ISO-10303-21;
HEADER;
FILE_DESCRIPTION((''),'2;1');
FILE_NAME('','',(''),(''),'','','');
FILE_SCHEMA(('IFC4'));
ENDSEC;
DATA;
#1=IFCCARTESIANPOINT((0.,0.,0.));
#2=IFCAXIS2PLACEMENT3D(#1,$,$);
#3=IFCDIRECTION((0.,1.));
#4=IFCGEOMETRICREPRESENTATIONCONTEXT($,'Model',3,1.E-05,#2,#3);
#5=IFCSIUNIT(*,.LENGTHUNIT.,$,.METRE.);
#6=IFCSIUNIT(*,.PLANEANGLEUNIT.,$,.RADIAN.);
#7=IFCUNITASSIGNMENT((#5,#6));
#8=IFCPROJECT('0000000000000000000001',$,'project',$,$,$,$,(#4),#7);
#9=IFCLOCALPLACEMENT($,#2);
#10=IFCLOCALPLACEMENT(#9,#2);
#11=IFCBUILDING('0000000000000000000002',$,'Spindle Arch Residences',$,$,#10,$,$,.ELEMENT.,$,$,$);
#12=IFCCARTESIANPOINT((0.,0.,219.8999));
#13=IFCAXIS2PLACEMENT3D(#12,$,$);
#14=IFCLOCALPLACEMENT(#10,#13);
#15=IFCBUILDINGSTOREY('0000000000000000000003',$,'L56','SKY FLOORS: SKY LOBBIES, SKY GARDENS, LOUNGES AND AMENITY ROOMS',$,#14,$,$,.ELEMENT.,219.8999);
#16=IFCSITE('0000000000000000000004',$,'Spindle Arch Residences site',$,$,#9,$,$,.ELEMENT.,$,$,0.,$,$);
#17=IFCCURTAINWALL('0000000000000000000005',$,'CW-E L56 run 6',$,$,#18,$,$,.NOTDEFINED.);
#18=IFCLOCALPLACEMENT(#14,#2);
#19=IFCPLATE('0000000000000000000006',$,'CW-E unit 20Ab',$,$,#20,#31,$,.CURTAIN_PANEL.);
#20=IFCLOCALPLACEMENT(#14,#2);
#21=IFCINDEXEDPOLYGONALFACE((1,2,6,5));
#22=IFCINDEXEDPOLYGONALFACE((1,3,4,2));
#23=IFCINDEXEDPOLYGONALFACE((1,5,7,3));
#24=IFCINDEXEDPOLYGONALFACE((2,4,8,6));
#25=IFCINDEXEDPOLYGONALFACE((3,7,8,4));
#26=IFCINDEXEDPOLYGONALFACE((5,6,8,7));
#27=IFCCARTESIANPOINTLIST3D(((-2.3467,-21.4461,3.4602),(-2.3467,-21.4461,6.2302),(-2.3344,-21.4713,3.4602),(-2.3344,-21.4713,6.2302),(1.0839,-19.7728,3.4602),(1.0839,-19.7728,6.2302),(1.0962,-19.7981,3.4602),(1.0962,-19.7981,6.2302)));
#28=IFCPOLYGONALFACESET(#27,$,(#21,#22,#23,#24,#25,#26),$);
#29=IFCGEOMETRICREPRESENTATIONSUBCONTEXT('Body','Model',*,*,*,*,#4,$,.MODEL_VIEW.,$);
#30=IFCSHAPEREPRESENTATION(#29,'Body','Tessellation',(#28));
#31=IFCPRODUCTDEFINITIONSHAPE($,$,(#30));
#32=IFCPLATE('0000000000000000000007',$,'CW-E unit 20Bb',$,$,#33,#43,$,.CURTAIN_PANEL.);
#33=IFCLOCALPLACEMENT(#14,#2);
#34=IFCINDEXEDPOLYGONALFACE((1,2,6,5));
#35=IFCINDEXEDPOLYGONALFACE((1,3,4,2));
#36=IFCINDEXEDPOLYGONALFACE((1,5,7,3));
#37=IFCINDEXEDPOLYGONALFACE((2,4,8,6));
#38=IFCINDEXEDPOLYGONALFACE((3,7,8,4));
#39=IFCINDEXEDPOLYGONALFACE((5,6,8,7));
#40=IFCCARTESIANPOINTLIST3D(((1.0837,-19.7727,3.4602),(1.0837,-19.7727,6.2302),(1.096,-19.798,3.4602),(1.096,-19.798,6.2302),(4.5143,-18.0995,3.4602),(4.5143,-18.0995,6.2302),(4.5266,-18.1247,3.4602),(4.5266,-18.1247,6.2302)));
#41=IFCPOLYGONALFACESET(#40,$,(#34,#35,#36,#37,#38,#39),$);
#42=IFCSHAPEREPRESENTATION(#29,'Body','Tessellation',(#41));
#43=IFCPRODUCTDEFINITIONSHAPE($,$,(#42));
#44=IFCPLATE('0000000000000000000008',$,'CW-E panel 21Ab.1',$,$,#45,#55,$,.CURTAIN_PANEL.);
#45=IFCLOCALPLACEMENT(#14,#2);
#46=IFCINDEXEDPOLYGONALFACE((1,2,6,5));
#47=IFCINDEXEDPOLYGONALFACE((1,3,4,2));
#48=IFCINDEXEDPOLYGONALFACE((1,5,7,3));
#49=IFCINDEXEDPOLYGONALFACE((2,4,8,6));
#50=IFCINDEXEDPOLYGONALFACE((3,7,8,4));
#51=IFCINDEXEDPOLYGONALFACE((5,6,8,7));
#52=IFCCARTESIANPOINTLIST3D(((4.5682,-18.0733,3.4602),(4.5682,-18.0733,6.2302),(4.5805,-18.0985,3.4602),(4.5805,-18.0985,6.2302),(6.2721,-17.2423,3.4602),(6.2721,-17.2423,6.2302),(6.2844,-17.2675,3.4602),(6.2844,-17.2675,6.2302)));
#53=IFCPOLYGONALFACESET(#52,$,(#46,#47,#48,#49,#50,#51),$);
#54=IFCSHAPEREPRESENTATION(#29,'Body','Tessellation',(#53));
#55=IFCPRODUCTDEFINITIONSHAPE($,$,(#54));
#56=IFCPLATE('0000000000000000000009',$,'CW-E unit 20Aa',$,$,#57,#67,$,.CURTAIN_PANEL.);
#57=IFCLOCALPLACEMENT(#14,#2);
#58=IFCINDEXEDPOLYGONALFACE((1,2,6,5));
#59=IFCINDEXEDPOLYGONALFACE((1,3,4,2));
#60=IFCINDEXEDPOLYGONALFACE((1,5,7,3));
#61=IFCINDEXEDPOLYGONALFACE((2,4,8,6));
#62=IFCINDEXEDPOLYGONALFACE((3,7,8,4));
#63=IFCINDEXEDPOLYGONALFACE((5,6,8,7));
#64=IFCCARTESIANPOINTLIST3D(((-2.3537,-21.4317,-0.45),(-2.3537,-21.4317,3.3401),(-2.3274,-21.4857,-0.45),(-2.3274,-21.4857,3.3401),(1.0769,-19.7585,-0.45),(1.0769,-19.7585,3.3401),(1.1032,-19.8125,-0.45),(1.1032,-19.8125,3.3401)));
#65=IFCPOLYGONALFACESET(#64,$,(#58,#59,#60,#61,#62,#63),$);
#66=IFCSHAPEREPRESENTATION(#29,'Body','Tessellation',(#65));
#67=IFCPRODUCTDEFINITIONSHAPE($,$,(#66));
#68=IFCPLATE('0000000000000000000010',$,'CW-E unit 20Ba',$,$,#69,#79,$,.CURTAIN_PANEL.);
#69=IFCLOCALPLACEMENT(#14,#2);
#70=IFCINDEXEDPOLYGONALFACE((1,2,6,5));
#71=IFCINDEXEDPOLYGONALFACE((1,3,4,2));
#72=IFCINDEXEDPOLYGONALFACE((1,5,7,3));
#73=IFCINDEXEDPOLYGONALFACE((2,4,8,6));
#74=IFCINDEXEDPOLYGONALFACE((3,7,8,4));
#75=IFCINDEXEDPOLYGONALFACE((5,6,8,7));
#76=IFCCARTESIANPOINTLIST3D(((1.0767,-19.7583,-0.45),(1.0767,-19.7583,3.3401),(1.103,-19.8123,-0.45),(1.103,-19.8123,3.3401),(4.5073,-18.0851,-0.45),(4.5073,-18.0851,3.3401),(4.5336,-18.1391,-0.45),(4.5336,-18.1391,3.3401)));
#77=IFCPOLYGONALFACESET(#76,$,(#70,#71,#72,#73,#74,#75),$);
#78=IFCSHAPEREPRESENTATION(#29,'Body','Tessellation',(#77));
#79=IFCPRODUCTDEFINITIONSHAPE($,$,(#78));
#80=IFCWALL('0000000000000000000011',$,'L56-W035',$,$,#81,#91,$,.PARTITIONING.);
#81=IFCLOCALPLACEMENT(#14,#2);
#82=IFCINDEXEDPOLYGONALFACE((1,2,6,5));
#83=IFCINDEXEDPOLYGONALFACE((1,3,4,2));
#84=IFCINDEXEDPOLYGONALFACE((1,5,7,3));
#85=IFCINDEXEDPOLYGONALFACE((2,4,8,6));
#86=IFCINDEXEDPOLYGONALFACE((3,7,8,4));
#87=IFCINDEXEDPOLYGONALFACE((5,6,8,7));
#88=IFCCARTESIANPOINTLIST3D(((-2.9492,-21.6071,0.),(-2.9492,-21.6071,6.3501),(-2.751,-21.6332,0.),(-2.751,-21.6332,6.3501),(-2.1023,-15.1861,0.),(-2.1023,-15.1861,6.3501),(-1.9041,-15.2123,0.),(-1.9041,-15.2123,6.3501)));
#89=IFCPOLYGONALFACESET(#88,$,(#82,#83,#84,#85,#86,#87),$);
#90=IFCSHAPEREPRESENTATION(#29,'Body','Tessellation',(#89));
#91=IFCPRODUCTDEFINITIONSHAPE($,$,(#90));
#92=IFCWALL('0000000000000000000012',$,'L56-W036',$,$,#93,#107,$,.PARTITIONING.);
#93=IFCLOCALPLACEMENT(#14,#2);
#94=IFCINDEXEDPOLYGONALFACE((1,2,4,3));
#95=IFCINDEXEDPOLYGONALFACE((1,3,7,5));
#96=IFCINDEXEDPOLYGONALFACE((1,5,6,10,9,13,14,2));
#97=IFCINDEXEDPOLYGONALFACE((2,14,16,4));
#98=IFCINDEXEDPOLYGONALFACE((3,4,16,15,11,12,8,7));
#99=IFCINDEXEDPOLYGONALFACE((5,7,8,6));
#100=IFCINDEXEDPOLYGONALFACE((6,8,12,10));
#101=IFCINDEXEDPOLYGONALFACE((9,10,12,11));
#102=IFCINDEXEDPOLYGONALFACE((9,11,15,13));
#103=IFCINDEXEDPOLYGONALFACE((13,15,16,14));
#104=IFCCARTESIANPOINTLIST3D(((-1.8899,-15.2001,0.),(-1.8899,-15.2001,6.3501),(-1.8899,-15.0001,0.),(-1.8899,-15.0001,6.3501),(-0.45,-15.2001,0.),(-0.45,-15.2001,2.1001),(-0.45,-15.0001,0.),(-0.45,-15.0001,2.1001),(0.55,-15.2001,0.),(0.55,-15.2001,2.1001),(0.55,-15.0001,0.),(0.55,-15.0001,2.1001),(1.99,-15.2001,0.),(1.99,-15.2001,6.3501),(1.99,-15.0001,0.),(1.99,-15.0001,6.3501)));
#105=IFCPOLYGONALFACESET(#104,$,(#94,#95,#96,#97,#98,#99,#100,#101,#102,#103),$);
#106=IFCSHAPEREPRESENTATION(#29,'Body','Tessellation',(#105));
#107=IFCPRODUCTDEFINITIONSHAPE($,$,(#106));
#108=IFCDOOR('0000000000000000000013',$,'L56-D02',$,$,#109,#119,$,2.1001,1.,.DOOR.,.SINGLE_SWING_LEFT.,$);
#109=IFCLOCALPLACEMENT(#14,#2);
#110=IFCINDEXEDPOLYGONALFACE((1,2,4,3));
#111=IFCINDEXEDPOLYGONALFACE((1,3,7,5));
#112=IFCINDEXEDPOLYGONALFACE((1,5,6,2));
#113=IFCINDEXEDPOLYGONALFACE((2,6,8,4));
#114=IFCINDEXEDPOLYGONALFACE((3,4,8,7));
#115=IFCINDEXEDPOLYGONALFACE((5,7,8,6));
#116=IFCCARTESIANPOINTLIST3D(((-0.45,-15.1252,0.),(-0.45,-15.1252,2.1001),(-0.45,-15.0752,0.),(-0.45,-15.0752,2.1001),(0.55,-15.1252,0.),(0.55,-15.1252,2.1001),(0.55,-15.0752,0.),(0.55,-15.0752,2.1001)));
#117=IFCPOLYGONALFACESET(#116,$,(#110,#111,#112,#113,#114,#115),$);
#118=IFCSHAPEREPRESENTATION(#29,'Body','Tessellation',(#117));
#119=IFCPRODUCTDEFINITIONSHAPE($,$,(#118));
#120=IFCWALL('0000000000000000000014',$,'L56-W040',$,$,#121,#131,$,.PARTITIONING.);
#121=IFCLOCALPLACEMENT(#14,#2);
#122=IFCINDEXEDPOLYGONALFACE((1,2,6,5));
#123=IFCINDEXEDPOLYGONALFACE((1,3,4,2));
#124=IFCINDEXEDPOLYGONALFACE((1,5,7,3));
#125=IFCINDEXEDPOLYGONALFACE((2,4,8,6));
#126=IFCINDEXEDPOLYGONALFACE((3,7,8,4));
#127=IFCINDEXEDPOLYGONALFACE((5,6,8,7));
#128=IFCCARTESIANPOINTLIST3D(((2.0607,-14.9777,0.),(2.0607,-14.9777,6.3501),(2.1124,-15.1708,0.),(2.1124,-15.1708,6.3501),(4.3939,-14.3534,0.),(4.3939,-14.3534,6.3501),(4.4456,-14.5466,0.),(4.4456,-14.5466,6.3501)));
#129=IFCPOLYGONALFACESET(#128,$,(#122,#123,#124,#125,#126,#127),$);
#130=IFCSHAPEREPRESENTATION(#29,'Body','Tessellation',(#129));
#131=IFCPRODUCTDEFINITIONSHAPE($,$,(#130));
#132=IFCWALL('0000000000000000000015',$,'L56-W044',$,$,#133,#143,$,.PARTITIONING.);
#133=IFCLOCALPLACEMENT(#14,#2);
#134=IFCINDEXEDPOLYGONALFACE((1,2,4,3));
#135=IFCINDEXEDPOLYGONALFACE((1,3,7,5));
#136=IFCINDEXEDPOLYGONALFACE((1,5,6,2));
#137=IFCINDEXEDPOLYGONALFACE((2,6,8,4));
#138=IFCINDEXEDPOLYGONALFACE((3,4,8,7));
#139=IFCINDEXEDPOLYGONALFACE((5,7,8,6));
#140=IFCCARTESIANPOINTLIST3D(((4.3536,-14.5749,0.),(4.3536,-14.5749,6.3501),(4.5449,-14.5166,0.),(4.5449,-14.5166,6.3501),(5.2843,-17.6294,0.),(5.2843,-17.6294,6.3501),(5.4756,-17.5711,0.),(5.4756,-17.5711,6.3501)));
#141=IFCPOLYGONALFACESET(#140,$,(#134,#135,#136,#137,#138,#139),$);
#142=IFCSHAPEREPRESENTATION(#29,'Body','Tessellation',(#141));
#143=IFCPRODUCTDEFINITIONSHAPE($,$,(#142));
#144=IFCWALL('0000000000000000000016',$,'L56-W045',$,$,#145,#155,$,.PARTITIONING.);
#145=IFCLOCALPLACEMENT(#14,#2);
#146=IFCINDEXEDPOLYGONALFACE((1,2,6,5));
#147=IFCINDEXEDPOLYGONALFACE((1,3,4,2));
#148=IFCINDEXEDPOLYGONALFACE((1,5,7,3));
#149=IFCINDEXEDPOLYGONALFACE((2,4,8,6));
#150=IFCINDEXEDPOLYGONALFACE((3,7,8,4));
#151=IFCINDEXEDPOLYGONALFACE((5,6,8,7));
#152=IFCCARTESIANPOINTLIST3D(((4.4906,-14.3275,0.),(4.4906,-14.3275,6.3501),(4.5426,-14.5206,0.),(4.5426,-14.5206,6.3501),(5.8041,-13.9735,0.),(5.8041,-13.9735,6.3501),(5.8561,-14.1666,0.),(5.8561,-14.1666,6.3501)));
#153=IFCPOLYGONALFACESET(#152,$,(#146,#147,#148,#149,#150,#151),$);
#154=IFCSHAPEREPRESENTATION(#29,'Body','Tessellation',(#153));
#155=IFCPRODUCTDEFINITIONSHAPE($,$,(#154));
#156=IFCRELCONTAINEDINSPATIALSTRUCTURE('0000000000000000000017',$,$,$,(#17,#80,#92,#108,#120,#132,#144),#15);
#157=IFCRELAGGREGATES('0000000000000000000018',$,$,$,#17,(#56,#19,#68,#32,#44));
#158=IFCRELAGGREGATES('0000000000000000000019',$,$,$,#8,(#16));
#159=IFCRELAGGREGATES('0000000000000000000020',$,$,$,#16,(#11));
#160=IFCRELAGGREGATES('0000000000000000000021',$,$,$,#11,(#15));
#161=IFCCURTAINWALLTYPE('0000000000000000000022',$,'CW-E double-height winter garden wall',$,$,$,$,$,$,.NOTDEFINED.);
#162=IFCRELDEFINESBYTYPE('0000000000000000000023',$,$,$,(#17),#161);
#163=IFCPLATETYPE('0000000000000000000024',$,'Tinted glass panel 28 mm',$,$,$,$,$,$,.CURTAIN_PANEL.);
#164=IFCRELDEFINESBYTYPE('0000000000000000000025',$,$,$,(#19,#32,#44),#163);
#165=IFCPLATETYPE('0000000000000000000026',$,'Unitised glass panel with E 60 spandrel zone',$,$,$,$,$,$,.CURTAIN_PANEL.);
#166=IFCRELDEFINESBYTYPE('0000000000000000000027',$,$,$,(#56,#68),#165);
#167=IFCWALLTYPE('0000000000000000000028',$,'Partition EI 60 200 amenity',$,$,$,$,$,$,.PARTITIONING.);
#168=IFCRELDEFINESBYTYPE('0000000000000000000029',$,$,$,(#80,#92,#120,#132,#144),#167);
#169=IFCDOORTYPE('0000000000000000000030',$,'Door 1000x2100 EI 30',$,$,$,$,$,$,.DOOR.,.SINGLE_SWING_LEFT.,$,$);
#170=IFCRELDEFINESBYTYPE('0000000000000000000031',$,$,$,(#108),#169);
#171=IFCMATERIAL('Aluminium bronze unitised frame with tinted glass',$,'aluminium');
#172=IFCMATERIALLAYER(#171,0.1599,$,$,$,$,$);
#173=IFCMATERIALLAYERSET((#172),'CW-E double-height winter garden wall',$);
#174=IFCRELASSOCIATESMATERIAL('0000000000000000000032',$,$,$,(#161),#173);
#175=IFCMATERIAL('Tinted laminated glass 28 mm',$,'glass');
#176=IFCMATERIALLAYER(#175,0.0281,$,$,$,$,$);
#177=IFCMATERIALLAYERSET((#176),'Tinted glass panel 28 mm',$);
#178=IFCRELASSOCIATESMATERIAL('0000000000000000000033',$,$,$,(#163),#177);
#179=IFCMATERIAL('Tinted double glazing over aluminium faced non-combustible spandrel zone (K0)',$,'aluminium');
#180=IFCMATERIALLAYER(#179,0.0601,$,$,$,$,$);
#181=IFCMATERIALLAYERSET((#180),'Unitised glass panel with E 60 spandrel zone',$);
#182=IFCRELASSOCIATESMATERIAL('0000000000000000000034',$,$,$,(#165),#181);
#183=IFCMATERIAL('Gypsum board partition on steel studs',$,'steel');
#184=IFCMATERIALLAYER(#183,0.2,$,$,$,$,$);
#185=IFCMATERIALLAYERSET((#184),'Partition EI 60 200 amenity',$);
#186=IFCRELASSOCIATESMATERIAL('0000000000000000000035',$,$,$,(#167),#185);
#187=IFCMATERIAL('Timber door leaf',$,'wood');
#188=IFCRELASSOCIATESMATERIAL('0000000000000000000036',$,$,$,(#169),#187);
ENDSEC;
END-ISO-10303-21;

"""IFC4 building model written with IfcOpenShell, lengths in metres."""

from ifc_helpers import new_model, si_unit, direction, frame, frame_2d, origin, origin_2d, place, context, subcontext, project, spatial, rectangle, extrude, material, layer, layer_set, type_object, element, fill, aggregate, save


model = new_model("IFC4")

# Units and contexts
model_context = context("Model", 3, precision=1e-05, world=origin(), true_north=direction((0.0, 1.0)))
body_context = subcontext(model_context, "Body", "Model", "MODEL_VIEW")
ifc_project = project(units=[si_unit("LENGTHUNIT", "METRE"), si_unit("PLANEANGLEUNIT", "RADIAN")], contexts=[model_context])

# Site, building, storey
site_placement = place(None, origin())
site = spatial("IfcSite", under=ifc_project, at=site_placement, Name="Spindle Arch Residences site", CompositionType="ELEMENT", RefElevation=0.0)
building_placement = place(site_placement, origin())
building = spatial("IfcBuilding", under=site, at=building_placement, Name="Spindle Arch Residences", CompositionType="ELEMENT")
storey_placement = place(building_placement, frame((0.0, 0.0, 219.8999)))
storey = spatial("IfcBuildingStorey", under=building, at=storey_placement, Name="L56", Description="SKY FLOORS: SKY LOBBIES, SKY GARDENS, LOUNGES AND AMENITY ROOMS", CompositionType="ELEMENT", Elevation=219.8999)

# Curtain wall, plates
ifc_material_1 = material(Name="Aluminium bronze unitised frame with tinted glass", Category="aluminium")
ifc_layer_1 = layer(ifc_material_1, 0.1599)
ifc_layer_set_1 = layer_set([ifc_layer_1], Name="CW-E double-height winter garden wall")
curtain_wall_type = type_object("IfcCurtainWallType", Name="CW-E double-height winter garden wall", PredefinedType="NOTDEFINED", material=ifc_layer_set_1)
curtain_wall_placement = place(storey_placement, origin())
curtain_wall = element("IfcCurtainWall", 1, at=curtain_wall_placement, inside=storey, type_object=curtain_wall_type, Name="CW-E L56 run 6", PredefinedType="NOTDEFINED")
ifc_material_2 = material(Name="Tinted laminated glass 28 mm", Category="glass")
ifc_layer_2 = layer(ifc_material_2, 0.0281)
ifc_layer_set_2 = layer_set([ifc_layer_2], Name="Tinted glass panel 28 mm")
plate_type_1 = type_object("IfcPlateType", Name="Tinted glass panel 28 mm", PredefinedType="CURTAIN_PANEL", material=ifc_layer_set_2)
plate_1_placement = place(storey_placement, frame((-0.6252, -20.6221, 3.4602), z_axis=(0.0, 0.0, 1.0), x_axis=(0.898794, 0.438371, 0.0)))
plate_1 = element("IfcPlate", 2, at=plate_1_placement, type_object=plate_type_1, Name="CW-E unit 20Ab", PredefinedType="CURTAIN_PANEL", context=body_context, shape_type="SweptSolid", body=[
    extrude(rectangle(XDim=3.8169, YDim=0.0281, at=origin_2d()), origin(), (0.0, 0.0, 1.0), 2.77),
])
plate_2_placement = place(storey_placement, frame((2.8052, -18.9487, 3.4602), z_axis=(0.0, 0.0, 1.0), x_axis=(0.898794, 0.438371, 0.0)))
plate_2 = element("IfcPlate", 3, at=plate_2_placement, type_object=plate_type_1, Name="CW-E unit 20Bb", PredefinedType="CURTAIN_PANEL", context=body_context, shape_type="SweptSolid", body=[
    extrude(rectangle(XDim=3.8169, YDim=0.0281, at=origin_2d()), origin(), (0.0, 0.0, 1.0), 2.77),
])
plate_3_placement = place(storey_placement, frame((5.4263, -17.6704, 3.4602), z_axis=(0.0, 0.0, 1.0), x_axis=(0.898794, 0.438371, 0.0)))
plate_3 = element("IfcPlate", 4, at=plate_3_placement, type_object=plate_type_1, Name="CW-E panel 21Ab.1", PredefinedType="CURTAIN_PANEL", context=body_context, shape_type="SweptSolid", body=[
    extrude(rectangle(XDim=1.8958, YDim=0.0281, at=origin_2d()), origin(), (0.0, 0.0, 1.0), 2.77),
])
ifc_material_3 = material(Name="Tinted double glazing over aluminium faced non-combustible spandrel zone (K0)", Category="aluminium")
ifc_layer_3 = layer(ifc_material_3, 0.0601)
ifc_layer_set_3 = layer_set([ifc_layer_3], Name="Unitised glass panel with E 60 spandrel zone")
plate_type_2 = type_object("IfcPlateType", Name="Unitised glass panel with E 60 spandrel zone", PredefinedType="CURTAIN_PANEL", material=ifc_layer_set_3)
plate_4_placement = place(storey_placement, frame((-0.6252, -20.6221, -0.45), z_axis=(0.0, 0.0, 1.0), x_axis=(0.898794, 0.438371, 0.0)))
plate_4 = element("IfcPlate", 5, at=plate_4_placement, type_object=plate_type_2, Name="CW-E unit 20Aa", PredefinedType="CURTAIN_PANEL", context=body_context, shape_type="SweptSolid", body=[
    extrude(rectangle(XDim=3.8169, YDim=0.0601, at=origin_2d()), origin(), (0.0, 0.0, 1.0), 3.79),
])
plate_5_placement = place(storey_placement, frame((2.8052, -18.9487, -0.45), z_axis=(0.0, 0.0, 1.0), x_axis=(0.898794, 0.438371, 0.0)))
plate_5 = element("IfcPlate", 6, at=plate_5_placement, type_object=plate_type_2, Name="CW-E unit 20Ba", PredefinedType="CURTAIN_PANEL", context=body_context, shape_type="SweptSolid", body=[
    extrude(rectangle(XDim=3.8169, YDim=0.0601, at=origin_2d()), origin(), (0.0, 0.0, 1.0), 3.79),
])
aggregate(curtain_wall, [plate_4, plate_1, plate_5, plate_2, plate_3])

# Wall
ifc_material_4 = material(Name="Gypsum board partition on steel studs", Category="steel")
ifc_layer_4 = layer(ifc_material_4, 0.2)
ifc_layer_set_4 = layer_set([ifc_layer_4], Name="Partition EI 60 200 amenity")
wall_type = type_object("IfcWallType", Name="Partition EI 60 200 amenity", PredefinedType="PARTITIONING", material=ifc_layer_set_4)
wall_1_placement = place(storey_placement, frame((-2.0032, -15.1992, 0.0), z_axis=(0.0, 0.0, 1.0), x_axis=(-0.130768, -0.991413, 0.0)))
element("IfcWall", 7, at=wall_1_placement, inside=storey, type_object=wall_type, Name="L56-W035", PredefinedType="PARTITIONING", context=body_context, shape_type="SweptSolid", body=[
    extrude(rectangle(XDim=6.4766, YDim=0.2, at=frame_2d((3.2383, 0.0))), origin(), (0.0, 0.0, 1.0), 6.3501),
])

# Wall, opening, door
wall_2_placement = place(storey_placement, frame((-1.8899, -15.1001, 0.0), z_axis=(0.0, 0.0, 1.0), x_axis=(1.0, 0.0, 0.0)))
wall_2 = element("IfcWall", 8, at=wall_2_placement, inside=storey, type_object=wall_type, Name="L56-W036", PredefinedType="PARTITIONING", context=body_context, shape_type="SweptSolid", body=[
    extrude(rectangle(XDim=3.8799, YDim=0.2, at=frame_2d((1.9399, 0.0))), origin(), (0.0, 0.0, 1.0), 6.3501),
])
opening_placement = place(wall_2_placement, frame((1.4399, 0.0, 0.0)))
opening = element("IfcOpeningElement", 9, at=opening_placement, cuts=wall_2, PredefinedType="OPENING", context=body_context, shape_type="SweptSolid", body=[
    extrude(rectangle(XDim=1.0, YDim=2.1001, at=frame_2d((0.5, 1.05))), frame((0.0, 0.1099, 0.0), z_axis=(0.0, -1.0, 0.0), x_axis=(1.0, 0.0, 0.0)), (0.0, 0.0, 1.0), 0.22),
])
ifc_material_5 = material(Name="Timber door leaf", Category="wood")
door_type = type_object("IfcDoorType", Name="Door 1000x2100 EI 30", OperationType="SINGLE_SWING_LEFT", PredefinedType="DOOR", material=ifc_material_5)
door_placement = place(opening_placement, origin())
door = element("IfcDoor", 10, at=door_placement, inside=storey, type_object=door_type, Name="L56-D02", OperationType="SINGLE_SWING_LEFT", OverallHeight=2.1001, OverallWidth=1.0, PredefinedType="DOOR", context=body_context, shape_type="SweptSolid", body=[
    extrude(rectangle(XDim=1.0, YDim=2.1001, at=frame_2d((0.5, 1.05))), frame((0.0, 0.0249, 0.0), z_axis=(0.0, -1.0, 0.0), x_axis=(1.0, 0.0, 0.0)), (0.0, 0.0, 1.0), 0.05),
])
fill(opening, door)

# Walls
wall_3_placement = place(storey_placement, frame((2.0867, -15.0742, 0.0), z_axis=(0.0, 0.0, 1.0), x_axis=(0.966022, 0.258462, 0.0)))
element("IfcWall", 11, at=wall_3_placement, inside=storey, type_object=wall_type, Name="L56-W040", PredefinedType="PARTITIONING", context=body_context, shape_type="SweptSolid", body=[
    extrude(rectangle(XDim=2.4153, YDim=0.2, at=frame_2d((1.2075, 0.0))), origin(), (0.0, 0.0, 1.0), 6.3501),
])
wall_4_placement = place(storey_placement, frame((4.4492, -14.5457, 0.0), z_axis=(0.0, 0.0, 1.0), x_axis=(0.291463, -0.956582, 0.0)))
element("IfcWall", 12, at=wall_4_placement, inside=storey, type_object=wall_type, Name="L56-W044", PredefinedType="PARTITIONING", context=body_context, shape_type="SweptSolid", body=[
    extrude(rectangle(XDim=3.1931, YDim=0.2, at=frame_2d((1.5967, 0.0))), origin(), (0.0, 0.0, 1.0), 6.3501),
])
wall_5_placement = place(storey_placement, frame((4.5166, -14.4241, 0.0), z_axis=(0.0, 0.0, 1.0), x_axis=(0.965546, 0.260231, 0.0)))
element("IfcWall", 13, at=wall_5_placement, inside=storey, type_object=wall_type, Name="L56-W045", PredefinedType="PARTITIONING", context=body_context, shape_type="SweptSolid", body=[
    extrude(rectangle(XDim=1.3604, YDim=0.2, at=frame_2d((0.6802, 0.0))), origin(), (0.0, 0.0, 1.0), 6.3501),
])

save(model, "model.ifc")
